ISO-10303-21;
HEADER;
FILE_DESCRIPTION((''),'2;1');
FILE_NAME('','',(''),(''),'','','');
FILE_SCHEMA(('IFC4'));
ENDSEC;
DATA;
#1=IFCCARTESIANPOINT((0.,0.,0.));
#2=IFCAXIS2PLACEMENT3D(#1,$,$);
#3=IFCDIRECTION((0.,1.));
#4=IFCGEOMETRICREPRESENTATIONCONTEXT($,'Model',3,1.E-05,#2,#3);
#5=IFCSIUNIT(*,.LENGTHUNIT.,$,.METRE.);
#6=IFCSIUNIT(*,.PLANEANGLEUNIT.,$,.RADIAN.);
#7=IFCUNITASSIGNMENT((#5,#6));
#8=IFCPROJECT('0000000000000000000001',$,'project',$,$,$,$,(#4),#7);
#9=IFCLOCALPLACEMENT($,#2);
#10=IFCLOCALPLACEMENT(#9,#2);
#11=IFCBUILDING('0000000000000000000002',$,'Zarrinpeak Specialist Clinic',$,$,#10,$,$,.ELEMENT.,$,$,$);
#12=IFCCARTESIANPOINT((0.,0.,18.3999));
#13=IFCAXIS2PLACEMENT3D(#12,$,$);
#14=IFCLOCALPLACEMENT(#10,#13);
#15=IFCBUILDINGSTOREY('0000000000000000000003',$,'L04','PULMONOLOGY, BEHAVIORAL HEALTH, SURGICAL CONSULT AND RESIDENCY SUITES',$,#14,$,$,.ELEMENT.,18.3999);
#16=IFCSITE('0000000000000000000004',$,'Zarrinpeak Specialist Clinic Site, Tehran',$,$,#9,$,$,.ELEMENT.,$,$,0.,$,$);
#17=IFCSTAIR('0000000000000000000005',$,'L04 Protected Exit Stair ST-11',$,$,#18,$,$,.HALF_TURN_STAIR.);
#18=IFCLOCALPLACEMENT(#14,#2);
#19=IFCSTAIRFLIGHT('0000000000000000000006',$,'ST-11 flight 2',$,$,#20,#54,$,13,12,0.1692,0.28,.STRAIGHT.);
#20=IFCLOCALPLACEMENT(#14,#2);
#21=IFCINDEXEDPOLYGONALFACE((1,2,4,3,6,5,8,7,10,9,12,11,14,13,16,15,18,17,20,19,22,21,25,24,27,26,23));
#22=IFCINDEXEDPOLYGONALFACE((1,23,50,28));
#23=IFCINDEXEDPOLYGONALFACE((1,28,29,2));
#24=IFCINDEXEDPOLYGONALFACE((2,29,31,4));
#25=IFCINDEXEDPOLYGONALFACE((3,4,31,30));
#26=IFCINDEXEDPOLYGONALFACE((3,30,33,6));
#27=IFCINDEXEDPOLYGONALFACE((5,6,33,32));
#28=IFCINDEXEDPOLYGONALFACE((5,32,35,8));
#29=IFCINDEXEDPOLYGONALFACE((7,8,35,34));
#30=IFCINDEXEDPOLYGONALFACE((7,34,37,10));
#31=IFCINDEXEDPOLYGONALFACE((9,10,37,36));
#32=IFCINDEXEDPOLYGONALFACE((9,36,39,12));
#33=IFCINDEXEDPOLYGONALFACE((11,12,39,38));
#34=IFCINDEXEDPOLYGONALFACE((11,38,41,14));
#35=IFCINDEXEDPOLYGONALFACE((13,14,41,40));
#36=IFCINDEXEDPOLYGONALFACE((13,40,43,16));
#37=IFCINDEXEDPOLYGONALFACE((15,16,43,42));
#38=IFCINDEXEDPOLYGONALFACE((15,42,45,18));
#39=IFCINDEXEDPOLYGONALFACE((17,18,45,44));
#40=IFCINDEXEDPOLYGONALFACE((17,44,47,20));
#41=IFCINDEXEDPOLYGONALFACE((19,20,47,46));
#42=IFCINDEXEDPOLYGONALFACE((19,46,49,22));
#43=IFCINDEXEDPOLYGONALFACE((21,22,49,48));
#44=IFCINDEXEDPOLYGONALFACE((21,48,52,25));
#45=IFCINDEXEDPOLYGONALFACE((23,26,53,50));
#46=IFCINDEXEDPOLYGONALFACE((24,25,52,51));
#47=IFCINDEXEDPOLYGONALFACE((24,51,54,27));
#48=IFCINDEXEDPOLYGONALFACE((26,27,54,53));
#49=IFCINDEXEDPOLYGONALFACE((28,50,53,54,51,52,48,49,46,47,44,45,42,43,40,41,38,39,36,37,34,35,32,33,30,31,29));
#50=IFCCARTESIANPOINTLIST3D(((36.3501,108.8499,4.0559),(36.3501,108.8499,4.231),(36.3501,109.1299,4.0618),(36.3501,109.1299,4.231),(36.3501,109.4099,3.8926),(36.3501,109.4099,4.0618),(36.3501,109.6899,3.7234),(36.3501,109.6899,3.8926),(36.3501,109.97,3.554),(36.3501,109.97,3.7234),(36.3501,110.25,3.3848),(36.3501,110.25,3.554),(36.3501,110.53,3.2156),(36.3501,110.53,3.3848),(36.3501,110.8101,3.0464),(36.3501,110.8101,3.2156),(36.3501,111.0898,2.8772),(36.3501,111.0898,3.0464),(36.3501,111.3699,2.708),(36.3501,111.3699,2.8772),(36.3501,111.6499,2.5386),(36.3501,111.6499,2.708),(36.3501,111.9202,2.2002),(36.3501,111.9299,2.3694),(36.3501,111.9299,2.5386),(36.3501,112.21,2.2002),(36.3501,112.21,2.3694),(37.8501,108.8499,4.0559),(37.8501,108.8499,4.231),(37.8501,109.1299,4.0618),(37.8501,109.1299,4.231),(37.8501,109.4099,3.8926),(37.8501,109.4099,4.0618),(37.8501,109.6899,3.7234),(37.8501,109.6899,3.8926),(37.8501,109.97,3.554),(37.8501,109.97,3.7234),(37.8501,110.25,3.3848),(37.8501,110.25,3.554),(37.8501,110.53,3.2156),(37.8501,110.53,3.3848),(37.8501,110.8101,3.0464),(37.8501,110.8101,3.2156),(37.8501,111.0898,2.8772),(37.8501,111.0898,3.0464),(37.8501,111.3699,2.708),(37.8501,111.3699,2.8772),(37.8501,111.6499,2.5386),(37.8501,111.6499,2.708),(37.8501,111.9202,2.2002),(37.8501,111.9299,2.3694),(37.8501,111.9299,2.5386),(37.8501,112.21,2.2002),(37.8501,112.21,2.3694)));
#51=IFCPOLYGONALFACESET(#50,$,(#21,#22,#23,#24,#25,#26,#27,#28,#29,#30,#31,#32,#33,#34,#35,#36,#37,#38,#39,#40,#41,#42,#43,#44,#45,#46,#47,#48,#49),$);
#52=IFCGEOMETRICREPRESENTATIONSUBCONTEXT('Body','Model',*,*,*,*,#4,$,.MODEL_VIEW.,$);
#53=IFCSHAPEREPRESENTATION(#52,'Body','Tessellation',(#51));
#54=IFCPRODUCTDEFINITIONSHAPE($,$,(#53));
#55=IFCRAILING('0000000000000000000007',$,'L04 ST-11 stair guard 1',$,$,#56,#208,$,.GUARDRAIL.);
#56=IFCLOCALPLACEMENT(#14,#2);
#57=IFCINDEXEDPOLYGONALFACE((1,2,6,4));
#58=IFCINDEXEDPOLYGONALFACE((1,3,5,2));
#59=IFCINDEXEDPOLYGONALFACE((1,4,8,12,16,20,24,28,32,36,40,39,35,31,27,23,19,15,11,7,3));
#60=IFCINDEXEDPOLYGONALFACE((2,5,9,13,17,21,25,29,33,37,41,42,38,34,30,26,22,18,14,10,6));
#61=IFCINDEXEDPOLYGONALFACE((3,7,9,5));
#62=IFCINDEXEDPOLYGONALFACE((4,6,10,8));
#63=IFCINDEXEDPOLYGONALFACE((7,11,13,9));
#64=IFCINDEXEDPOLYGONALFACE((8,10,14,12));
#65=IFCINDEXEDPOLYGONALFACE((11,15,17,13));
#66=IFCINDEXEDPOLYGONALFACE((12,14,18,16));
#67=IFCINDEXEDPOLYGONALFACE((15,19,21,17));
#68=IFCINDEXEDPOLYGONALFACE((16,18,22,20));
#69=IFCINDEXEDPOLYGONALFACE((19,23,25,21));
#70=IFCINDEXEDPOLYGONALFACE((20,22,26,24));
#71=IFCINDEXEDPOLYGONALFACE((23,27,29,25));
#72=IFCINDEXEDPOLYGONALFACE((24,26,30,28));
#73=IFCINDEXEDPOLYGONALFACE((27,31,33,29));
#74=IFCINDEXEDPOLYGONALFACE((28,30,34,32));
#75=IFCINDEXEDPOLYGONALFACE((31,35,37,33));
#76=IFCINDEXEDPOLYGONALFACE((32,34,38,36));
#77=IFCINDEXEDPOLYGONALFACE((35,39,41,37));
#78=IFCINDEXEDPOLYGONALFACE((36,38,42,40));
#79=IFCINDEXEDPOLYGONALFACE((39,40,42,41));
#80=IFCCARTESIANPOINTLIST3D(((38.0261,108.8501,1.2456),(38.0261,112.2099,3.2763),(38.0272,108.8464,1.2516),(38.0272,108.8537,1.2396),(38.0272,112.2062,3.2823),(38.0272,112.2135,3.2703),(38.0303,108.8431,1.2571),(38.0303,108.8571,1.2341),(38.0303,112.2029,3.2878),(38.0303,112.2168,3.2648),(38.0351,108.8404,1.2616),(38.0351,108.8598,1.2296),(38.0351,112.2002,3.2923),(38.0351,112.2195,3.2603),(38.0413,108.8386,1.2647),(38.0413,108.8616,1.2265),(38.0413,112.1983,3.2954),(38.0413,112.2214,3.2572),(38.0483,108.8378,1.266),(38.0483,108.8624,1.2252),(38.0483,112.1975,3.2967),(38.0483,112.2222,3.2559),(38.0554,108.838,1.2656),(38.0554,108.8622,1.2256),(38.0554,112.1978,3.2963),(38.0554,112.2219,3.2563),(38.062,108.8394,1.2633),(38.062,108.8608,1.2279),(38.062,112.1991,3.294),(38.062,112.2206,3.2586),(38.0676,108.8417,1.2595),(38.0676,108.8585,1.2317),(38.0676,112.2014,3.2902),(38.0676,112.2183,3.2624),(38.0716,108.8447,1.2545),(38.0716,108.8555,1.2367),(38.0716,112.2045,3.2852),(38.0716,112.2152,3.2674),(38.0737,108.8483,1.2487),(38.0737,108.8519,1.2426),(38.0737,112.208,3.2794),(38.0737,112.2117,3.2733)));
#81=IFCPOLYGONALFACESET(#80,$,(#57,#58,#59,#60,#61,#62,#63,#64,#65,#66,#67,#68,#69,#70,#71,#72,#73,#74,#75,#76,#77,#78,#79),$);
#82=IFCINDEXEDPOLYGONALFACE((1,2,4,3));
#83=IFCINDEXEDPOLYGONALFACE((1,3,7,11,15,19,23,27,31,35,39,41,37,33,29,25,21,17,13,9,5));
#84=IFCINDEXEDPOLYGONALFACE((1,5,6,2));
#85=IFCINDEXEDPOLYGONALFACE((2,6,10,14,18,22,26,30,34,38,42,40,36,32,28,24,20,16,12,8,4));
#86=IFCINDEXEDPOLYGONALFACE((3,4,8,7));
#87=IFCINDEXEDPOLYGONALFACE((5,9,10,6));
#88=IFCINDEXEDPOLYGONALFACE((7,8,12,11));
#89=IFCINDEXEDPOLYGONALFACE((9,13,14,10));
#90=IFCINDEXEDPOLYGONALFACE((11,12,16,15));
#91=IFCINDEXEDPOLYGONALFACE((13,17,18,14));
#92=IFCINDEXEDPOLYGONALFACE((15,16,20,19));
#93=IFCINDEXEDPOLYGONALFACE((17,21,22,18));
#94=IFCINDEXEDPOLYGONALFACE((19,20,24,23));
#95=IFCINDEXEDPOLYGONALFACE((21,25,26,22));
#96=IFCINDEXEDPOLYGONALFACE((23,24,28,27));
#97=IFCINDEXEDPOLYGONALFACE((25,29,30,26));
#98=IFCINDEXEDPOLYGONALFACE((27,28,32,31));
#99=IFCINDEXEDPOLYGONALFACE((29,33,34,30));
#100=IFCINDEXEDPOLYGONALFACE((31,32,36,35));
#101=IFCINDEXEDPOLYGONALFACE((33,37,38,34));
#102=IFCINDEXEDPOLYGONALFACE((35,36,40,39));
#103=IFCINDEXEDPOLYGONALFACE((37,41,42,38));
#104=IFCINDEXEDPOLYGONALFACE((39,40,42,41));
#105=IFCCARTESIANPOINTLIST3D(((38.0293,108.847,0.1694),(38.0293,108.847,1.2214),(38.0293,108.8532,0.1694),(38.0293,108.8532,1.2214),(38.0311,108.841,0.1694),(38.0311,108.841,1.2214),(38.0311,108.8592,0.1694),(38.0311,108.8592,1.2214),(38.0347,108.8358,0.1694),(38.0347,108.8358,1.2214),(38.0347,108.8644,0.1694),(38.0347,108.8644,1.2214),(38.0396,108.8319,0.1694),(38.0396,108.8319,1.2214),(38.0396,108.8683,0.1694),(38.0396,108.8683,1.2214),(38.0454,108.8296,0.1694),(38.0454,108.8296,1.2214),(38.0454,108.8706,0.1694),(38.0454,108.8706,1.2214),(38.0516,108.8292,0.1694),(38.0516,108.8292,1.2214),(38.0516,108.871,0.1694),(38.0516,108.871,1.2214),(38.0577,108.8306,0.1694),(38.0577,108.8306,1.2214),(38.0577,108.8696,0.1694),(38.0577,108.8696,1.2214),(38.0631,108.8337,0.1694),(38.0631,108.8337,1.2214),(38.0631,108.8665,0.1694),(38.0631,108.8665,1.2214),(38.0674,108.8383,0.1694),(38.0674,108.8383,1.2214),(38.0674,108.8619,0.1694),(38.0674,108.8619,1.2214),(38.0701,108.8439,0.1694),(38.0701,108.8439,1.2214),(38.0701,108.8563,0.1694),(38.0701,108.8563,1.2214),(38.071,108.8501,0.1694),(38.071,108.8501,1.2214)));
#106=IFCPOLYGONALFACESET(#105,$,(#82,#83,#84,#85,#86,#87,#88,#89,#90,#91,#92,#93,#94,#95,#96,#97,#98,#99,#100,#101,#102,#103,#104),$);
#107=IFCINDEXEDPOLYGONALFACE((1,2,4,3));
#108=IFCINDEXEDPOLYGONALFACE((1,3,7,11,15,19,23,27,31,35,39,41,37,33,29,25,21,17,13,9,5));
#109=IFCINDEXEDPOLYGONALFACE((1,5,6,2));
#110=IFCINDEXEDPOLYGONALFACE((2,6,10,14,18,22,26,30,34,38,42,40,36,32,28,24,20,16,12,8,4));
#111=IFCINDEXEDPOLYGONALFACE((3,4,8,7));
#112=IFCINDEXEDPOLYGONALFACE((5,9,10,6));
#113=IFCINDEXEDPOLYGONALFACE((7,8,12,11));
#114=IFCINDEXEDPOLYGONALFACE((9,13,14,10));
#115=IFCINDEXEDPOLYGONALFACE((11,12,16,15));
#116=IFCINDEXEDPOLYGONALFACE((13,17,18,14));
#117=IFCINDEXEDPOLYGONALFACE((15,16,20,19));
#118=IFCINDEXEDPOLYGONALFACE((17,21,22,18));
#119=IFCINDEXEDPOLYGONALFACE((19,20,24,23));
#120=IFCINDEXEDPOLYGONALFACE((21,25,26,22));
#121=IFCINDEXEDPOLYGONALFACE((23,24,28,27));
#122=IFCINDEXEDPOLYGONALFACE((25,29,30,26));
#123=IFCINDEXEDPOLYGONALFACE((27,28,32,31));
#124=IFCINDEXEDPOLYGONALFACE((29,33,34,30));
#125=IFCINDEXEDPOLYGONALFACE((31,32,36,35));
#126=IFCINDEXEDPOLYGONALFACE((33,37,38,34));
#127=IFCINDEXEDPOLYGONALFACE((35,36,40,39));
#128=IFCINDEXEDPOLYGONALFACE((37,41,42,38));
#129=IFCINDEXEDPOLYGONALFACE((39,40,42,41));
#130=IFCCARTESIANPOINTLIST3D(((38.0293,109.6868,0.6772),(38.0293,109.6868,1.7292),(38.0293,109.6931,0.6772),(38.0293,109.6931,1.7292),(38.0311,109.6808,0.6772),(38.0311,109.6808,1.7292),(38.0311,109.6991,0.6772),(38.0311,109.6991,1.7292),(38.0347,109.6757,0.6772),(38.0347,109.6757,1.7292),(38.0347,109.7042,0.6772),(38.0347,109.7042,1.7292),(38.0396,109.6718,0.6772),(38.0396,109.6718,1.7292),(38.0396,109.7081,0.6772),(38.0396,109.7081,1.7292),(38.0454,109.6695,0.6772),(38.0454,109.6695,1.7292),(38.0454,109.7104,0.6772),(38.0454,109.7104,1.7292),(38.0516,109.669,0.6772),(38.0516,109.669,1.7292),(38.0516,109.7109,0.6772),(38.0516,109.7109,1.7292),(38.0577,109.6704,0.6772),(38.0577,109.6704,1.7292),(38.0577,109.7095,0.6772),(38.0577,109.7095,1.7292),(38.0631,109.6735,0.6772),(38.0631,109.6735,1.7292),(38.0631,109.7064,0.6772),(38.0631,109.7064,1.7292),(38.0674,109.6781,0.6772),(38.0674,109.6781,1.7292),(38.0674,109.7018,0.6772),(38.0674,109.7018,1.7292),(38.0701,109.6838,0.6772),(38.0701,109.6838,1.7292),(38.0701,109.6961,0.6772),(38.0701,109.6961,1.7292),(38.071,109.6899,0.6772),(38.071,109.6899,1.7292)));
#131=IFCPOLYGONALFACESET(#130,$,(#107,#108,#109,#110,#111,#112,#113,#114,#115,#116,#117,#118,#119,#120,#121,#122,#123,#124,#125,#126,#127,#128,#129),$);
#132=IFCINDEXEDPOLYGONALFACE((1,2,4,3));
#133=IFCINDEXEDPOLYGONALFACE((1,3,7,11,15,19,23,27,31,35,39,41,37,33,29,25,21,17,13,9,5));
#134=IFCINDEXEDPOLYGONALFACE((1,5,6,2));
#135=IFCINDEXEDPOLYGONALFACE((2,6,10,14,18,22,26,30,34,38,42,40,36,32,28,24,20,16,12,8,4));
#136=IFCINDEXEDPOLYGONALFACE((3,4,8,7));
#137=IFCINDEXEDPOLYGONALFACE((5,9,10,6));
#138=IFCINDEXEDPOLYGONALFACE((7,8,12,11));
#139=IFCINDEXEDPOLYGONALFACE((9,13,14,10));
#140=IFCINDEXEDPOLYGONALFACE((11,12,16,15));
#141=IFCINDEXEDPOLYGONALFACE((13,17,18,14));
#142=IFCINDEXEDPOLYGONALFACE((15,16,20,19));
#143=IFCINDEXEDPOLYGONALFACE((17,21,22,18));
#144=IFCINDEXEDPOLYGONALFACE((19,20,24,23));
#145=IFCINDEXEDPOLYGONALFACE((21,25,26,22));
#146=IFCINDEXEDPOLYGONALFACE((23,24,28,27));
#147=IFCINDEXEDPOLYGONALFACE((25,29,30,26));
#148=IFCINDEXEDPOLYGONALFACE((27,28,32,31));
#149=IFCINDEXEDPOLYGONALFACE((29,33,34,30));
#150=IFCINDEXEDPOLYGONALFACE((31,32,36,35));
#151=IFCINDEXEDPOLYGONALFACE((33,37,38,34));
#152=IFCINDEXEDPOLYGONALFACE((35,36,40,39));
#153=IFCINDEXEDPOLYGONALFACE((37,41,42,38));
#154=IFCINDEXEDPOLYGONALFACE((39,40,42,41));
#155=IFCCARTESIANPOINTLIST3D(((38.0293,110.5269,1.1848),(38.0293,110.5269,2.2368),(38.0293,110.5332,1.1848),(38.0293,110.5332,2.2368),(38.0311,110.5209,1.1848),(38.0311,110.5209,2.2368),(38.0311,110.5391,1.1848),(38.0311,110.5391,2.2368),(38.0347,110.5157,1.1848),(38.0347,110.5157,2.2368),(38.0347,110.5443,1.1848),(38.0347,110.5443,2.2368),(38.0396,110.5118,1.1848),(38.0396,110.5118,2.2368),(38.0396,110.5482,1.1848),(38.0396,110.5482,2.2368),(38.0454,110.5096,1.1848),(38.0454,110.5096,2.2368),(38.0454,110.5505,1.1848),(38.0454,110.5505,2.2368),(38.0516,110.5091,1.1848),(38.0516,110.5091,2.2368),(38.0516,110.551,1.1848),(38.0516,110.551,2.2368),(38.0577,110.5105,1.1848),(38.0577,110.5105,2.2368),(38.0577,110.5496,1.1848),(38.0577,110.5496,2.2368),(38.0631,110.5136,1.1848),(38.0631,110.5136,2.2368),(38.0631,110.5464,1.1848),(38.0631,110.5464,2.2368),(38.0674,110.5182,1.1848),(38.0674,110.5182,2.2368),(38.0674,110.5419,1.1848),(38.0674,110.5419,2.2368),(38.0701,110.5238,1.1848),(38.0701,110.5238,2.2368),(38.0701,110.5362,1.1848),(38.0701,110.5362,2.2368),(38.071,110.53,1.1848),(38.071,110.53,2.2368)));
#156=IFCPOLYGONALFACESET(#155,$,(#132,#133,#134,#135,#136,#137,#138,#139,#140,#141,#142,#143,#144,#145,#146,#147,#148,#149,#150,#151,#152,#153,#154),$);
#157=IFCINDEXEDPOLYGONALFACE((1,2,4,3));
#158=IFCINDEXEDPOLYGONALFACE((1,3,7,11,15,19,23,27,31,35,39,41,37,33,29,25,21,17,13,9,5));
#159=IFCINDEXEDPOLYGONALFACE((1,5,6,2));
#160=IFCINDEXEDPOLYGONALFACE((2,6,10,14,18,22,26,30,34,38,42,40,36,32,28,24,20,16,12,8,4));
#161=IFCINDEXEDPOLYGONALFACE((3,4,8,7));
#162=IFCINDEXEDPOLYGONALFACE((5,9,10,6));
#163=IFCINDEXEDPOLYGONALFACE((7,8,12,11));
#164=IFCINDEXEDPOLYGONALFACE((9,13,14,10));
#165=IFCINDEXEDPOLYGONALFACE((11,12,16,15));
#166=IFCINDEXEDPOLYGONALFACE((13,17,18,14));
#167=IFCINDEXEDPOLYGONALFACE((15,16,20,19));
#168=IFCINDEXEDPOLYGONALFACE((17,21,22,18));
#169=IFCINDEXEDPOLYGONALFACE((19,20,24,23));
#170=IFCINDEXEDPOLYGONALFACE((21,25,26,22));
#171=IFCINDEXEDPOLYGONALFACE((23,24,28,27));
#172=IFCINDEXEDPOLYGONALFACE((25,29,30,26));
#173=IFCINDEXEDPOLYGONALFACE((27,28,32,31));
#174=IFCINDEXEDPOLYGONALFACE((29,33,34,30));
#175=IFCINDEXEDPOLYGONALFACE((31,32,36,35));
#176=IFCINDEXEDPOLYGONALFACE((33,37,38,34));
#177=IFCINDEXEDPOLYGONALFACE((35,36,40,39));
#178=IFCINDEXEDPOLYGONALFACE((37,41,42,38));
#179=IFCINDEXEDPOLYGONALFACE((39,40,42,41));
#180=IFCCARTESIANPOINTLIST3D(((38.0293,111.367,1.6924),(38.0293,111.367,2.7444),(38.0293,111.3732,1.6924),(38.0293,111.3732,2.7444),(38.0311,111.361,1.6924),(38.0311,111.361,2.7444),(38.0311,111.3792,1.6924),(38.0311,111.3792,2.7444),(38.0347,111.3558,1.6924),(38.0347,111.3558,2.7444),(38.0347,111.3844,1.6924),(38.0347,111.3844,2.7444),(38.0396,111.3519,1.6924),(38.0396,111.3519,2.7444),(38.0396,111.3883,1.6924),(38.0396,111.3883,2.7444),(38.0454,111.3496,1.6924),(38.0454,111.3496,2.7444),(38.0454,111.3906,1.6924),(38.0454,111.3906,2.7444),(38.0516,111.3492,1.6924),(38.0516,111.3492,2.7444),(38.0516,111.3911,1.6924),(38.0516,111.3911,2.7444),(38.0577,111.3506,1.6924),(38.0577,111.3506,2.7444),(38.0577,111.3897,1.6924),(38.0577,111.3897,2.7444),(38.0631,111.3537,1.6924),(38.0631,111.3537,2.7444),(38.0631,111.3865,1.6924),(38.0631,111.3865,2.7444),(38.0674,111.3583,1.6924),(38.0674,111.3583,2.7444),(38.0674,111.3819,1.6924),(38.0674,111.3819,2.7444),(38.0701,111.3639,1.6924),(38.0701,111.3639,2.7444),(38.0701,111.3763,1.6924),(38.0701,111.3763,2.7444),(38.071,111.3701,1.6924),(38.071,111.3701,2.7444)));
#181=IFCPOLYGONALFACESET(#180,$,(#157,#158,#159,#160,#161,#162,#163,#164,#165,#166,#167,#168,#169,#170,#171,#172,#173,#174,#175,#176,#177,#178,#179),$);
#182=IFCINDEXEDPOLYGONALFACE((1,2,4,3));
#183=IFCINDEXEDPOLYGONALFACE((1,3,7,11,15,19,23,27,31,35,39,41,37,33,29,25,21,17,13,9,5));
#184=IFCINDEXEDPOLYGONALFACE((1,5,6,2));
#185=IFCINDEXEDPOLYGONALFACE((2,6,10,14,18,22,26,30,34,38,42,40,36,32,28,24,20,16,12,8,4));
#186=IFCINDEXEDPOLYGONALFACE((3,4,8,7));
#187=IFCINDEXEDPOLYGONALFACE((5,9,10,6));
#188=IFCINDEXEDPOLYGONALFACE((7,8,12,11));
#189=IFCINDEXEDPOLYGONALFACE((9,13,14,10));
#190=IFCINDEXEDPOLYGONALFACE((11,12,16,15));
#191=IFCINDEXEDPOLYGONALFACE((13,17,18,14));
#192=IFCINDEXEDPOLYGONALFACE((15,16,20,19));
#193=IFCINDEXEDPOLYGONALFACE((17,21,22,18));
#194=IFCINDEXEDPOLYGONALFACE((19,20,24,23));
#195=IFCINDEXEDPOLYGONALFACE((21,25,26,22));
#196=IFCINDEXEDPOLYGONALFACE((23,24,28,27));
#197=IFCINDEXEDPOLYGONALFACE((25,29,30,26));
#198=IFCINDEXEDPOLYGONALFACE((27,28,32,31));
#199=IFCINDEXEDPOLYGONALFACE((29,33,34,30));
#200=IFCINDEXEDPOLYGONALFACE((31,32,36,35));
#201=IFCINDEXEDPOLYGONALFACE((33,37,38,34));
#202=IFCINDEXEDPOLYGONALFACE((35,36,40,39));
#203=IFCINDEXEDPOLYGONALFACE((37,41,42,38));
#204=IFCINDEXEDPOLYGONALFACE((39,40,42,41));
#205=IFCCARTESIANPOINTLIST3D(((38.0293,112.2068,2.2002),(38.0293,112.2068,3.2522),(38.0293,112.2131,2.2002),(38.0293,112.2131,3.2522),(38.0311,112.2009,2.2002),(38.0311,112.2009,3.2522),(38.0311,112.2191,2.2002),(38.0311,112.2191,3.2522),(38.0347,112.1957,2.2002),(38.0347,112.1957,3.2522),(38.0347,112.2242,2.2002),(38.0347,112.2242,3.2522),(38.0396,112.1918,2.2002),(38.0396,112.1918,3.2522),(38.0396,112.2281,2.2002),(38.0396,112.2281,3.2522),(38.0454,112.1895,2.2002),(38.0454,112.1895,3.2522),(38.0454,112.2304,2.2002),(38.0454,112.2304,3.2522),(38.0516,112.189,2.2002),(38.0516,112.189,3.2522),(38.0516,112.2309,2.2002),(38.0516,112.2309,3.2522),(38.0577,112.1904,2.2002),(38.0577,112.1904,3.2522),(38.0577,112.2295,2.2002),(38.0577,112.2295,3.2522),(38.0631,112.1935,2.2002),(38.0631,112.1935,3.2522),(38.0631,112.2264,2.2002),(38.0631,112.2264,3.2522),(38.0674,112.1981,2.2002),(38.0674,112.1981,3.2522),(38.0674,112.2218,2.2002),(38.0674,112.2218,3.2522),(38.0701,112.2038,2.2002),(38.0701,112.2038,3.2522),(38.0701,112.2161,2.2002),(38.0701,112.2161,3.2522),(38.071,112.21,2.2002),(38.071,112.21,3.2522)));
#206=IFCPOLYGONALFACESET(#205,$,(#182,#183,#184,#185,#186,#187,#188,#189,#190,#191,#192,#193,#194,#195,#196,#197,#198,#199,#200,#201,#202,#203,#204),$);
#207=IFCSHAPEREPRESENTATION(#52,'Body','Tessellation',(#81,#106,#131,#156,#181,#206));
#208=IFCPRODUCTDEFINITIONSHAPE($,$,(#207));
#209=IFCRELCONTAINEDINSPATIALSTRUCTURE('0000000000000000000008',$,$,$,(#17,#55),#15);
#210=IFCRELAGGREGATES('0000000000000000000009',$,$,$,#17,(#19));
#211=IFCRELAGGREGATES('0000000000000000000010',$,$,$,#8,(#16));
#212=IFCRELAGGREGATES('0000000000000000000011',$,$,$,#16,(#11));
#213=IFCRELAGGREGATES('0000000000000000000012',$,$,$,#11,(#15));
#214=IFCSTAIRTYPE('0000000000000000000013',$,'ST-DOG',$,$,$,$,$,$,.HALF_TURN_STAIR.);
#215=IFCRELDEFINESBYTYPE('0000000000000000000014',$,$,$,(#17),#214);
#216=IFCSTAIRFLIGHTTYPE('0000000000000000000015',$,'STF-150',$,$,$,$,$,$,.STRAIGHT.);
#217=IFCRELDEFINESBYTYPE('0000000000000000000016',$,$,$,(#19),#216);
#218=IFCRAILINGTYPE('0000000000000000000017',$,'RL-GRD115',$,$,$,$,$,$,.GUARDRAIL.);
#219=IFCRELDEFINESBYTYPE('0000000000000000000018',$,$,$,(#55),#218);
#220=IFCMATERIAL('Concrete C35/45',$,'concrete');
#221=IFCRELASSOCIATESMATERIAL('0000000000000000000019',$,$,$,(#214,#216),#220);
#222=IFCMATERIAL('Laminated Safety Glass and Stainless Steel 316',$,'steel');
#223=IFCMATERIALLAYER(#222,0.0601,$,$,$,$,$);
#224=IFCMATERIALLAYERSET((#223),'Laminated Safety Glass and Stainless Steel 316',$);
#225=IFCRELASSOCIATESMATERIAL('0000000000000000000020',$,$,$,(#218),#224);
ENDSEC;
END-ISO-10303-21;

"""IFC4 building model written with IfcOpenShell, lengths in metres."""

from ifc_helpers import new_model, si_unit, direction, frame, origin, origin_2d, place, context, subcontext, project, spatial, polyline, circle, outline, extrude, material, layer, layer_set, type_object, element, aggregate, save


model = new_model("IFC4")

# Units and contexts
model_context = context("Model", 3, precision=1e-05, world=origin(), true_north=direction((0.0, 1.0)))
body_context = subcontext(model_context, "Body", "Model", "MODEL_VIEW")
ifc_project = project(units=[si_unit("LENGTHUNIT", "METRE"), si_unit("PLANEANGLEUNIT", "RADIAN")], contexts=[model_context])

# Site, building, storey
site_placement = place(None, origin())
site = spatial("IfcSite", under=ifc_project, at=site_placement, Name="Zarrinpeak Specialist Clinic Site, Tehran", CompositionType="ELEMENT", RefElevation=0.0)
building_placement = place(site_placement, origin())
building = spatial("IfcBuilding", under=site, at=building_placement, Name="Zarrinpeak Specialist Clinic", CompositionType="ELEMENT")
storey_placement = place(building_placement, frame((0.0, 0.0, 18.3999)))
storey = spatial("IfcBuildingStorey", under=building, at=storey_placement, Name="L04", Description="PULMONOLOGY, BEHAVIORAL HEALTH, SURGICAL CONSULT AND RESIDENCY SUITES", CompositionType="ELEMENT", Elevation=18.3999)

# Stair, stair flight
ifc_material_1 = material(Name="Concrete C35/45", Category="concrete")
stair_type = type_object("IfcStairType", Name="ST-DOG", PredefinedType="HALF_TURN_STAIR", material=ifc_material_1)
stair_placement = place(storey_placement, origin())
stair = element("IfcStair", 1, at=stair_placement, inside=storey, type_object=stair_type, Name="L04 Protected Exit Stair ST-11", PredefinedType="HALF_TURN_STAIR")
stair_flight_type = type_object("IfcStairFlightType", Name="STF-150", PredefinedType="STRAIGHT", material=ifc_material_1)
stair_flight_1_placement = place(storey_placement, frame((37.1001, 112.21, 2.2002), z_axis=(0.0, 0.0, 1.0), x_axis=(0.0, -1.0, 0.0)))
stair_flight_1 = element("IfcStairFlight", 2, at=stair_flight_1_placement, type_object=stair_flight_type, Name="ST-11 flight 2", NumberOfRisers=13, NumberOfTreads=12, PredefinedType="STRAIGHT", RiserHeight=0.1692, TreadLength=0.28, context=body_context, shape_type="SweptSolid", body=[
    extrude(outline(polyline([(0.0, 0.0), (0.0, 0.1692), (0.28, 0.1692), (0.28, 0.3384), (0.5601, 0.3384), (0.5601, 0.5078), (0.8401, 0.5078), (0.8401, 0.677), (1.1201, 0.677), (1.1201, 0.8462), (1.3999, 0.8462), (1.3999, 1.0154), (1.6799, 1.0154), (1.6799, 1.1846), (1.96, 1.1846), (1.96, 1.3538), (2.24, 1.3538), (2.24, 1.5232), (2.52, 1.5232), (2.52, 1.6924), (2.8, 1.6924), (2.8, 1.8616), (3.0801, 1.8616), (3.0801, 2.0308), (3.3601, 2.0308), (3.3601, 2.2), (3.3601, 1.8557), (0.2898, 0.0), (0.0, 0.0)])), frame((0.0, 0.75, 0.0), z_axis=(0.0, -1.0, 0.0), x_axis=(1.0, 0.0, 0.0)), (0.0, 0.0, 1.0), 1.5),
])
aggregate(stair, [stair_flight_1])

# Railing
ifc_material_2 = material(Name="Laminated Safety Glass and Stainless Steel 316", Category="steel")
ifc_layer_1 = layer(ifc_material_2, 0.0601)
ifc_layer_set_1 = layer_set([ifc_layer_1], Name="Laminated Safety Glass and Stainless Steel 316")
railing_type_1 = type_object("IfcRailingType", Name="RL-GRD115", PredefinedType="GUARDRAIL", material=ifc_layer_set_1)
railing_1_placement = place(storey_placement, frame((38.05, 108.8501, 0.1694)))
element("IfcRailing", 3, at=railing_1_placement, inside=storey, type_object=railing_type_1, Name="L04 ST-11 stair guard 1", PredefinedType="GUARDRAIL", context=body_context, shape_type="SweptSolid", body=[
    extrude(circle(Radius=0.0239, at=origin_2d()), frame((0.0, 0.0, 1.0762), z_axis=(0.0, 0.85582, 0.517273), x_axis=(-1.0, 0.0, 0.0)), (0.0, 0.0, 1.0), 3.9258),
    extrude(circle(Radius=0.021, at=origin_2d()), origin(), (0.0, 0.0, 1.0), 1.052),
    extrude(circle(Radius=0.021, at=origin_2d()), frame((0.0, 0.8398, 0.5078)), (0.0, 0.0, 1.0), 1.052),
    extrude(circle(Radius=0.021, at=origin_2d()), frame((0.0, 1.6799, 1.0154)), (0.0, 0.0, 1.0), 1.052),
    extrude(circle(Radius=0.021, at=origin_2d()), frame((0.0, 2.52, 1.5229)), (0.0, 0.0, 1.0), 1.052),
    extrude(circle(Radius=0.021, at=origin_2d()), frame((0.0, 3.3599, 2.0308)), (0.0, 0.0, 1.0), 1.052),
])

save(model, "model.ifc")
